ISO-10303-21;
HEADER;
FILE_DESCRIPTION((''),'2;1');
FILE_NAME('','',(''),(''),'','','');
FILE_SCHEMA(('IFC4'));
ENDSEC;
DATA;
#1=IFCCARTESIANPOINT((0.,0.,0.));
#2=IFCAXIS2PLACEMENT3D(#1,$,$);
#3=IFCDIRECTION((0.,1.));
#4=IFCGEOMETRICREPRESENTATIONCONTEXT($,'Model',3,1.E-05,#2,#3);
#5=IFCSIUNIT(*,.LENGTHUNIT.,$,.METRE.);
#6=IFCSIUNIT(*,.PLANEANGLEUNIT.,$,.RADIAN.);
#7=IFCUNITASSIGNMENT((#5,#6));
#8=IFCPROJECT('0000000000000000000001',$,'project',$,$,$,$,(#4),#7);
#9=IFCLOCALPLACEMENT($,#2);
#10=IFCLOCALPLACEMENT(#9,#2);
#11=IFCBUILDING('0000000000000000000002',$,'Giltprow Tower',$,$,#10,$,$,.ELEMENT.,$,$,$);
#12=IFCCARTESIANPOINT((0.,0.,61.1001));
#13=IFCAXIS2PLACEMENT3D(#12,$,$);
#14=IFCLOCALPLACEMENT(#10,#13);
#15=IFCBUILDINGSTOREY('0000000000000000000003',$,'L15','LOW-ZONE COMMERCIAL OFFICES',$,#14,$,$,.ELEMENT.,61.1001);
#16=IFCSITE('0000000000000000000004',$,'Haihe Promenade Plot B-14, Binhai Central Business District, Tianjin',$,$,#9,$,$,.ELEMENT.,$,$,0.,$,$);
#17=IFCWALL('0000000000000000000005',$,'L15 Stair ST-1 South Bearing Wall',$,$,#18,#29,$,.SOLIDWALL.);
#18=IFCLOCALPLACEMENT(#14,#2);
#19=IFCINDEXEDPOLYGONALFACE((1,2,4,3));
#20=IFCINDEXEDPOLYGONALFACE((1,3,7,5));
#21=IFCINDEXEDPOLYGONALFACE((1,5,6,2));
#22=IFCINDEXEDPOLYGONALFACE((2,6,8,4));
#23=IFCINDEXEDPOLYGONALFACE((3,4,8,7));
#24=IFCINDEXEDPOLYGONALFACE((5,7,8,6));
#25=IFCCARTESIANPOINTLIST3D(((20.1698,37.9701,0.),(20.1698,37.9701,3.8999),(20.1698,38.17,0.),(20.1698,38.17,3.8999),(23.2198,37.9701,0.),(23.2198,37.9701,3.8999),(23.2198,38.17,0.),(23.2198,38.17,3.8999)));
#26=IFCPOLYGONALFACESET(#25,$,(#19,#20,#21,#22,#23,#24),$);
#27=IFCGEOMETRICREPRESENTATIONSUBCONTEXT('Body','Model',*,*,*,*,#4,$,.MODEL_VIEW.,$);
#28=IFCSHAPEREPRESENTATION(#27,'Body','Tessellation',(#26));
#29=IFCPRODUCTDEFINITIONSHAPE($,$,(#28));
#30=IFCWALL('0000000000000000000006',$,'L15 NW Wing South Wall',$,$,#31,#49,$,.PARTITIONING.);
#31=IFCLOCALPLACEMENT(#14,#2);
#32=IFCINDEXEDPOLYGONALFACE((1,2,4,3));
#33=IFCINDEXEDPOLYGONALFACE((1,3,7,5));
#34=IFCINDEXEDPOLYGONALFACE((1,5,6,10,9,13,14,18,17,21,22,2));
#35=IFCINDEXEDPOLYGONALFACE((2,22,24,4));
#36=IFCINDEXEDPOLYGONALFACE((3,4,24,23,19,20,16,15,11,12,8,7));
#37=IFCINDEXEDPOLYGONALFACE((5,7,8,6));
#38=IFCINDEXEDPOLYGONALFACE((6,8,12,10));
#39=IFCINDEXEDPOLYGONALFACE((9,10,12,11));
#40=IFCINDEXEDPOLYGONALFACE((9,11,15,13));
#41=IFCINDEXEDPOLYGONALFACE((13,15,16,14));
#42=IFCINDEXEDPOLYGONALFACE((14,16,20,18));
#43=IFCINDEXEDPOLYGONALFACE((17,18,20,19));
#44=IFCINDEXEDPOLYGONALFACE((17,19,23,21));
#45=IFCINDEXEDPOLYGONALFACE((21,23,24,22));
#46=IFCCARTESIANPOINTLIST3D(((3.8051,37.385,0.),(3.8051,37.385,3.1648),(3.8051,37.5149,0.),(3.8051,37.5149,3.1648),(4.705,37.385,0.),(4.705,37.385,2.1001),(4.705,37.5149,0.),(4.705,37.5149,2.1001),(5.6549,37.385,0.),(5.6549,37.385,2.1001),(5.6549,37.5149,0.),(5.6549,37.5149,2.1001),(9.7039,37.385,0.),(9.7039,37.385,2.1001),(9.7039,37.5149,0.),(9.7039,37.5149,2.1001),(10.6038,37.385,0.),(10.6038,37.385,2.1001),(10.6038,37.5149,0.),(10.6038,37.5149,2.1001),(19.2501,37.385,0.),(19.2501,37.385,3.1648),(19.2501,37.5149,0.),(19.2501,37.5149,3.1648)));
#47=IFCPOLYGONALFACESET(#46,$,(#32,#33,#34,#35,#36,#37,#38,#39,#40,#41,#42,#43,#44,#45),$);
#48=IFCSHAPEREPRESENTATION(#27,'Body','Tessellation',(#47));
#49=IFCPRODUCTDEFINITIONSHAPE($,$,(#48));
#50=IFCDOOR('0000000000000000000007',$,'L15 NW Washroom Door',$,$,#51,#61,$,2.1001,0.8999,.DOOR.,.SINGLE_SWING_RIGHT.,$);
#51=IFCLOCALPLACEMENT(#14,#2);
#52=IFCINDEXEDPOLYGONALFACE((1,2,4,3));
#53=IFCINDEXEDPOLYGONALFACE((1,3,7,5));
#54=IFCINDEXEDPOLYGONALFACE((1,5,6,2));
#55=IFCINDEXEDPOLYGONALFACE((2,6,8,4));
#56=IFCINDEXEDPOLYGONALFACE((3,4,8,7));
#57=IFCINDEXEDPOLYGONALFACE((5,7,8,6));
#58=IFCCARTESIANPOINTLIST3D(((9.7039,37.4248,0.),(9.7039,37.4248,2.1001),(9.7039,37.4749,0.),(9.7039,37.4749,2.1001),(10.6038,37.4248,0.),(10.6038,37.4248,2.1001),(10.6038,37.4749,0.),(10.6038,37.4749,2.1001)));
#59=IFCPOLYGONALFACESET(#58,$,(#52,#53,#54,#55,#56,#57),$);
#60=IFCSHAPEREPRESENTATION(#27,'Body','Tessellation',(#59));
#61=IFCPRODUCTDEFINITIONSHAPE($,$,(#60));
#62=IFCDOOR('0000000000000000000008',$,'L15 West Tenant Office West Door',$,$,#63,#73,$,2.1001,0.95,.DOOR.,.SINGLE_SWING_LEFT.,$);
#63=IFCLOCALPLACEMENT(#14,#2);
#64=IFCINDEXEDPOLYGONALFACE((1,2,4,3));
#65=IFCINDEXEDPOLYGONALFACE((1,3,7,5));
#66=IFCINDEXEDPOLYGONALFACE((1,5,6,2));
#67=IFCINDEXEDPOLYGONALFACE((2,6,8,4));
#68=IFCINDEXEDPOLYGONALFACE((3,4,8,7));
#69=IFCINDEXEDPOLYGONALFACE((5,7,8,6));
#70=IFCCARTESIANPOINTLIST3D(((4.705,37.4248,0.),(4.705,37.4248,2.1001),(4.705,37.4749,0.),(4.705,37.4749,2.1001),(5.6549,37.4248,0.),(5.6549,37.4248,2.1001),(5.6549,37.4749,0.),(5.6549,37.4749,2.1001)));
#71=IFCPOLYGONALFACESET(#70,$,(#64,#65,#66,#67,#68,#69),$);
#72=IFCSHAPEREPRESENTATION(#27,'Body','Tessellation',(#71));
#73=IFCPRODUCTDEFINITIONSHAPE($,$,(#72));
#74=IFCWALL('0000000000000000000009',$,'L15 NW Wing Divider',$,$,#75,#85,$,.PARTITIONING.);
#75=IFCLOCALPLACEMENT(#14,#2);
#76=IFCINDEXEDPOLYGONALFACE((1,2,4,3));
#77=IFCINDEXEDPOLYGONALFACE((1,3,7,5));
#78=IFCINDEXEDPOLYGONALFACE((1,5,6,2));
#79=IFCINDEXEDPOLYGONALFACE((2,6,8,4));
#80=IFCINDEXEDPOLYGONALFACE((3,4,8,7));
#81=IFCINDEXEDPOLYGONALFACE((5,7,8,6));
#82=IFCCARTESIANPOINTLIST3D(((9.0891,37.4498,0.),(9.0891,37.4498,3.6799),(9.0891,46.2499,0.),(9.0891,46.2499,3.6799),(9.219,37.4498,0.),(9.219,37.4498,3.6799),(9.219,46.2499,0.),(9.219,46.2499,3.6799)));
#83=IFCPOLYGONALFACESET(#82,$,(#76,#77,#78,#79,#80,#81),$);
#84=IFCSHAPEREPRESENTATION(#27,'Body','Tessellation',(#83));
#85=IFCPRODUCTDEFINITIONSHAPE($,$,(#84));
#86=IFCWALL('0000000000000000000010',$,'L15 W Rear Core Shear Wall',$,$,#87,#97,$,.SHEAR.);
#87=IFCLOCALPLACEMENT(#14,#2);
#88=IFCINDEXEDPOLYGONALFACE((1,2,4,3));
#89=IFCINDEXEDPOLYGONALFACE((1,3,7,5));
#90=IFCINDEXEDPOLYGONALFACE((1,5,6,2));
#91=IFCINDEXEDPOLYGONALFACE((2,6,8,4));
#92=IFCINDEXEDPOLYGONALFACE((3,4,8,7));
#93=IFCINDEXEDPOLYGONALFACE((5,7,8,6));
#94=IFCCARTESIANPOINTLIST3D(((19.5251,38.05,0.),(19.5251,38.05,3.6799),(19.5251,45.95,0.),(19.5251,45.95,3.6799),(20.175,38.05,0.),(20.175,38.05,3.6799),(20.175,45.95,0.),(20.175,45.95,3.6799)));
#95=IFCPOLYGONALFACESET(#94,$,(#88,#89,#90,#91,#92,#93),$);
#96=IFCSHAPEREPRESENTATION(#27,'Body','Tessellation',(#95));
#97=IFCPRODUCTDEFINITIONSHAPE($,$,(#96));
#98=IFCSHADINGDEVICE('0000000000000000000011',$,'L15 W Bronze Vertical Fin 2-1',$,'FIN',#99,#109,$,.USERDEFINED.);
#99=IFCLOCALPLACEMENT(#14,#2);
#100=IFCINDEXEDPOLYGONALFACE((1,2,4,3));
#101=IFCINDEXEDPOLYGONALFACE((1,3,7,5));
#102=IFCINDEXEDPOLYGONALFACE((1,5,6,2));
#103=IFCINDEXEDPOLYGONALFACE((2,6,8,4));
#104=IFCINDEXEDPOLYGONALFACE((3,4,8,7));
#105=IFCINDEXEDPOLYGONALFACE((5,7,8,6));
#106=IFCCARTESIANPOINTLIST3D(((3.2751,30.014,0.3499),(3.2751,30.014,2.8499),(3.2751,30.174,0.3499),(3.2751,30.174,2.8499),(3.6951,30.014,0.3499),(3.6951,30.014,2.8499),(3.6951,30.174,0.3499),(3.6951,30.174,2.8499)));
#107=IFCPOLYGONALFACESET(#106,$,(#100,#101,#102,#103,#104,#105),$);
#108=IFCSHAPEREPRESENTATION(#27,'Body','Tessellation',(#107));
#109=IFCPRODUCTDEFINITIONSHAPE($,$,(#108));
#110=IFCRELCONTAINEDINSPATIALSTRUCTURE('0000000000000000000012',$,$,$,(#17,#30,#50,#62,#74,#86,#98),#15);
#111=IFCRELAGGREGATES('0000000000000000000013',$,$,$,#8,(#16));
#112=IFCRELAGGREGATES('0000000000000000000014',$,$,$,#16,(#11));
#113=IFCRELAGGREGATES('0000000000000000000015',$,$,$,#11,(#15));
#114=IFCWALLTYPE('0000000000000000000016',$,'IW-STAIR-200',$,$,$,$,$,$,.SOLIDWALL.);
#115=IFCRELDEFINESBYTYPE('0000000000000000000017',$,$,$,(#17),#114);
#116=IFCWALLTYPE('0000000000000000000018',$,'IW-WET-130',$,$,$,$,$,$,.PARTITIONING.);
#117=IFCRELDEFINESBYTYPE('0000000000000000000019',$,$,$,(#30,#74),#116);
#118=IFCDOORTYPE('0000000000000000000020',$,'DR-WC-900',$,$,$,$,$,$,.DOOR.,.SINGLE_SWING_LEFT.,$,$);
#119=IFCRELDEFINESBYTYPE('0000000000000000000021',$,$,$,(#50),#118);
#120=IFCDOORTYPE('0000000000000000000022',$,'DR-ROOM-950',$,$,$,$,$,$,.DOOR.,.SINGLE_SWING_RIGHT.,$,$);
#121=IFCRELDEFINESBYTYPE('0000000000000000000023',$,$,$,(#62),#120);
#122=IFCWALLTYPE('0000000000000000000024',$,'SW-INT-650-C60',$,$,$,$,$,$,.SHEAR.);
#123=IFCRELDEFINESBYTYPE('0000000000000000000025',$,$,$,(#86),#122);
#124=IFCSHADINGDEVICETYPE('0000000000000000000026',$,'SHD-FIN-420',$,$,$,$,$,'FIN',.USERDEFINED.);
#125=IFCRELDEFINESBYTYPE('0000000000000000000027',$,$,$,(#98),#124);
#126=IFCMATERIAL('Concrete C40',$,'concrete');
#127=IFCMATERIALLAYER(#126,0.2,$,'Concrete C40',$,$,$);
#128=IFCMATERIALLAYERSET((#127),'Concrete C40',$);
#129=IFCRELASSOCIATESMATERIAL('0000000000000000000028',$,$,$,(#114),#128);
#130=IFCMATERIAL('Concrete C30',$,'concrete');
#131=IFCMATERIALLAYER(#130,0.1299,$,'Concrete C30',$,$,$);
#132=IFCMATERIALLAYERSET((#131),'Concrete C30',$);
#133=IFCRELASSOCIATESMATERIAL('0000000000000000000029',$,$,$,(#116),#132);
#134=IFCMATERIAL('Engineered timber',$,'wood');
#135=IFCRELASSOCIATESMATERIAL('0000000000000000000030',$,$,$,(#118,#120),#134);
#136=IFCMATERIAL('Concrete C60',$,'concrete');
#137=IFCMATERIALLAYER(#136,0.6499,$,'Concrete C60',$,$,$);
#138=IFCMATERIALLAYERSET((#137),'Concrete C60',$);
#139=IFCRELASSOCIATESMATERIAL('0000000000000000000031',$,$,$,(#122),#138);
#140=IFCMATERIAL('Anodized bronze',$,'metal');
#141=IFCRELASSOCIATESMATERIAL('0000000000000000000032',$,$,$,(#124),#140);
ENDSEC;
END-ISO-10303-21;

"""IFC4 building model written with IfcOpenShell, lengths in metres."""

from ifc_helpers import new_model, si_unit, direction, frame, frame_2d, origin, origin_2d, place, context, subcontext, project, spatial, rectangle, extrude, source, transform, mapped, material, layer, layer_set, type_object, element, fill, save


model = new_model("IFC4")

# Units and contexts
model_context = context("Model", 3, precision=1e-05, world=origin(), true_north=direction((0.0, 1.0)))
body_context = subcontext(model_context, "Body", "Model", "MODEL_VIEW")
ifc_project = project(units=[si_unit("LENGTHUNIT", "METRE"), si_unit("PLANEANGLEUNIT", "RADIAN")], contexts=[model_context])

# Site, building, storey
site_placement = place(None, origin())
site = spatial("IfcSite", under=ifc_project, at=site_placement, Name="Haihe Promenade Plot B-14, Binhai Central Business District, Tianjin", CompositionType="ELEMENT", RefElevation=0.0)
building_placement = place(site_placement, origin())
building = spatial("IfcBuilding", under=site, at=building_placement, Name="Giltprow Tower", CompositionType="ELEMENT")
storey_placement = place(building_placement, frame((0.0, 0.0, 61.1001)))
storey = spatial("IfcBuildingStorey", under=building, at=storey_placement, Name="L15", Description="LOW-ZONE COMMERCIAL OFFICES", CompositionType="ELEMENT", Elevation=61.1001)

# Shared definitions
ifc_material_1 = material(Name="Concrete C60", Category="concrete")

# Shared definitions
ifc_material_2 = material(Name="Engineered timber", Category="wood")

# Wall
ifc_material_3 = material(Name="Concrete C40", Category="concrete")
ifc_layer_1 = layer(ifc_material_3, 0.2, Name="Concrete C40")
ifc_layer_set_1 = layer_set([ifc_layer_1], Name="Concrete C40")
wall_type_1 = type_object("IfcWallType", Name="IW-STAIR-200", PredefinedType="SOLIDWALL", material=ifc_layer_set_1)
wall_1_placement = place(storey_placement, frame((20.1699, 38.0701, 0.0), z_axis=(0.0, 0.0, 1.0), x_axis=(1.0, 0.0, 0.0)))
element("IfcWall", 1, at=wall_1_placement, inside=storey, type_object=wall_type_1, Name="L15 Stair ST-1 South Bearing Wall", PredefinedType="SOLIDWALL", context=body_context, shape_type="SweptSolid", body=[
    extrude(rectangle(XDim=3.05, YDim=0.2, at=frame_2d((1.5249, 0.0))), origin(), (0.0, 0.0, 1.0), 3.8999),
])

# Wall, openings, doors
ifc_material_4 = material(Name="Concrete C30", Category="concrete")
ifc_layer_2 = layer(ifc_material_4, 0.1299, Name="Concrete C30")
ifc_layer_set_2 = layer_set([ifc_layer_2], Name="Concrete C30")
wall_type_2 = type_object("IfcWallType", Name="IW-WET-130", PredefinedType="PARTITIONING", material=ifc_layer_set_2)
wall_2_placement = place(storey_placement, frame((3.8049, 37.45, 0.0), z_axis=(0.0, 0.0, 1.0), x_axis=(1.0, 0.0, 0.0)))
wall_2 = element("IfcWall", 2, at=wall_2_placement, inside=storey, type_object=wall_type_2, Name="L15 NW Wing South Wall", PredefinedType="PARTITIONING", context=body_context, shape_type="SweptSolid", body=[
    extrude(rectangle(XDim=15.4451, YDim=0.1299, at=frame_2d((7.7227, 0.0))), origin(), (0.0, 0.0, 1.0), 3.1648),
])
opening_1_placement = place(wall_2_placement, frame((0.8999, 0.0, 0.0)))
opening_1 = element("IfcOpeningElement", 3, at=opening_1_placement, cuts=wall_2, PredefinedType="OPENING", context=body_context, shape_type="SweptSolid", body=[
    extrude(rectangle(XDim=0.95, YDim=2.1001, at=frame_2d((0.4751, 1.05))), frame((0.0, 0.075, 0.0), z_axis=(0.0, -1.0, 0.0), x_axis=(1.0, 0.0, 0.0)), (0.0, 0.0, 1.0), 0.1499),
])
opening_2_placement = place(wall_2_placement, frame((5.8989, 0.0, 0.0)))
opening_2 = element("IfcOpeningElement", 4, at=opening_2_placement, cuts=wall_2, PredefinedType="OPENING", context=body_context, shape_type="SweptSolid", body=[
    extrude(rectangle(XDim=0.8999, YDim=2.1001, at=frame_2d((0.45, 1.05))), frame((0.0, 0.075, 0.0), z_axis=(0.0, -1.0, 0.0), x_axis=(1.0, 0.0, 0.0)), (0.0, 0.0, 1.0), 0.1499),
])
door_type_1 = type_object("IfcDoorType", Name="DR-WC-900", OperationType="SINGLE_SWING_LEFT", PredefinedType="DOOR", material=ifc_material_2)
shared_shape_1 = source(origin(), body_context, "Body", "SweptSolid", [
    extrude(rectangle(XDim=0.8999, YDim=2.1001, at=frame_2d((0.45, 1.05))), frame((0.0, 0.0249, 0.0), z_axis=(0.0, -1.0, 0.0), x_axis=(1.0, 0.0, 0.0)), (0.0, 0.0, 1.0), 0.05),
])
door_1_placement = place(opening_2_placement, origin())
door_1 = element("IfcDoor", 5, at=door_1_placement, inside=storey, type_object=door_type_1, Name="L15 NW Washroom Door", OperationType="SINGLE_SWING_RIGHT", OverallHeight=2.1001, OverallWidth=0.8999, PredefinedType="DOOR", context=body_context, shape_type="MappedRepresentation", body=[
    mapped(shared_shape_1, transform((0.0, 0.0, 0.0), x_axis=(1.0, 0.0, 0.0), y_axis=(0.0, 1.0, 0.0), z_axis=(0.0, 0.0, 1.0), scale=1.0)),
])
fill(opening_2, door_1)
door_type_2 = type_object("IfcDoorType", Name="DR-ROOM-950", OperationType="SINGLE_SWING_RIGHT", PredefinedType="DOOR", material=ifc_material_2)
shared_shape_2 = source(origin(), body_context, "Body", "SweptSolid", [
    extrude(rectangle(XDim=0.95, YDim=2.1001, at=frame_2d((0.4751, 1.05))), frame((0.0, 0.0249, 0.0), z_axis=(0.0, -1.0, 0.0), x_axis=(1.0, 0.0, 0.0)), (0.0, 0.0, 1.0), 0.05),
])
door_2_placement = place(opening_1_placement, origin())
door_2 = element("IfcDoor", 6, at=door_2_placement, inside=storey, type_object=door_type_2, Name="L15 West Tenant Office West Door", OperationType="SINGLE_SWING_LEFT", OverallHeight=2.1001, OverallWidth=0.95, PredefinedType="DOOR", context=body_context, shape_type="MappedRepresentation", body=[
    mapped(shared_shape_2, transform((0.0, 0.0, 0.0), x_axis=(1.0, 0.0, 0.0), y_axis=(0.0, 1.0, 0.0), z_axis=(0.0, 0.0, 1.0), scale=1.0)),
])
fill(opening_1, door_2)

# Wall
wall_3_placement = place(storey_placement, frame((9.1541, 37.45, 0.0), z_axis=(0.0, 0.0, 1.0), x_axis=(0.0, 1.0, 0.0)))
element("IfcWall", 7, at=wall_3_placement, inside=storey, type_object=wall_type_2, Name="L15 NW Wing Divider", PredefinedType="PARTITIONING", context=body_context, shape_type="SweptSolid", body=[
    extrude(rectangle(XDim=8.8, YDim=0.1299, at=frame_2d((4.3999, 0.0))), origin(), (0.0, 0.0, 1.0), 3.6799),
])

# Shared definitions
ifc_layer_3 = layer(ifc_material_1, 0.6499, Name="Concrete C60")
ifc_layer_set_3 = layer_set([ifc_layer_3], Name="Concrete C60")
wall_type_3 = type_object("IfcWallType", Name="SW-INT-650-C60", PredefinedType="SHEAR", material=ifc_layer_set_3)

# Wall
wall_4_placement = place(storey_placement, frame((19.8501, 38.05, 0.0), z_axis=(0.0, 0.0, 1.0), x_axis=(0.0, 1.0, 0.0)))
element("IfcWall", 8, at=wall_4_placement, inside=storey, type_object=wall_type_3, Name="L15 W Rear Core Shear Wall", PredefinedType="SHEAR", context=body_context, shape_type="SweptSolid", body=[
    extrude(rectangle(XDim=7.8999, YDim=0.6499, at=frame_2d((3.95, 0.0))), origin(), (0.0, 0.0, 1.0), 3.6799),
])

# Shading device
ifc_material_5 = material(Name="Anodized bronze", Category="metal")
shading_device_type = type_object("IfcShadingDeviceType", Name="SHD-FIN-420", ElementType="FIN", PredefinedType="USERDEFINED", material=ifc_material_5)
shared_shape_3 = source(origin(), body_context, "Body", "SweptSolid", [
    extrude(rectangle(XDim=0.4199, YDim=0.1599, at=origin_2d()), origin(), (0.0, 0.0, 1.0), 2.5),
])
shading_device_placement = place(storey_placement, frame((3.4851, 30.094, 0.3499), z_axis=(0.0, 0.0, 1.0), x_axis=(1.0, 0.0, 0.0)))
element("IfcShadingDevice", 9, at=shading_device_placement, inside=storey, type_object=shading_device_type, Name="L15 W Bronze Vertical Fin 2-1", ObjectType="FIN", PredefinedType="USERDEFINED", context=body_context, shape_type="MappedRepresentation", body=[
    mapped(shared_shape_3, transform((0.0, 0.0, 0.0), x_axis=(1.0, 0.0, 0.0), y_axis=(0.0, 1.0, 0.0), z_axis=(0.0, 0.0, 1.0), scale=1.0)),
])

save(model, "model.ifc")
